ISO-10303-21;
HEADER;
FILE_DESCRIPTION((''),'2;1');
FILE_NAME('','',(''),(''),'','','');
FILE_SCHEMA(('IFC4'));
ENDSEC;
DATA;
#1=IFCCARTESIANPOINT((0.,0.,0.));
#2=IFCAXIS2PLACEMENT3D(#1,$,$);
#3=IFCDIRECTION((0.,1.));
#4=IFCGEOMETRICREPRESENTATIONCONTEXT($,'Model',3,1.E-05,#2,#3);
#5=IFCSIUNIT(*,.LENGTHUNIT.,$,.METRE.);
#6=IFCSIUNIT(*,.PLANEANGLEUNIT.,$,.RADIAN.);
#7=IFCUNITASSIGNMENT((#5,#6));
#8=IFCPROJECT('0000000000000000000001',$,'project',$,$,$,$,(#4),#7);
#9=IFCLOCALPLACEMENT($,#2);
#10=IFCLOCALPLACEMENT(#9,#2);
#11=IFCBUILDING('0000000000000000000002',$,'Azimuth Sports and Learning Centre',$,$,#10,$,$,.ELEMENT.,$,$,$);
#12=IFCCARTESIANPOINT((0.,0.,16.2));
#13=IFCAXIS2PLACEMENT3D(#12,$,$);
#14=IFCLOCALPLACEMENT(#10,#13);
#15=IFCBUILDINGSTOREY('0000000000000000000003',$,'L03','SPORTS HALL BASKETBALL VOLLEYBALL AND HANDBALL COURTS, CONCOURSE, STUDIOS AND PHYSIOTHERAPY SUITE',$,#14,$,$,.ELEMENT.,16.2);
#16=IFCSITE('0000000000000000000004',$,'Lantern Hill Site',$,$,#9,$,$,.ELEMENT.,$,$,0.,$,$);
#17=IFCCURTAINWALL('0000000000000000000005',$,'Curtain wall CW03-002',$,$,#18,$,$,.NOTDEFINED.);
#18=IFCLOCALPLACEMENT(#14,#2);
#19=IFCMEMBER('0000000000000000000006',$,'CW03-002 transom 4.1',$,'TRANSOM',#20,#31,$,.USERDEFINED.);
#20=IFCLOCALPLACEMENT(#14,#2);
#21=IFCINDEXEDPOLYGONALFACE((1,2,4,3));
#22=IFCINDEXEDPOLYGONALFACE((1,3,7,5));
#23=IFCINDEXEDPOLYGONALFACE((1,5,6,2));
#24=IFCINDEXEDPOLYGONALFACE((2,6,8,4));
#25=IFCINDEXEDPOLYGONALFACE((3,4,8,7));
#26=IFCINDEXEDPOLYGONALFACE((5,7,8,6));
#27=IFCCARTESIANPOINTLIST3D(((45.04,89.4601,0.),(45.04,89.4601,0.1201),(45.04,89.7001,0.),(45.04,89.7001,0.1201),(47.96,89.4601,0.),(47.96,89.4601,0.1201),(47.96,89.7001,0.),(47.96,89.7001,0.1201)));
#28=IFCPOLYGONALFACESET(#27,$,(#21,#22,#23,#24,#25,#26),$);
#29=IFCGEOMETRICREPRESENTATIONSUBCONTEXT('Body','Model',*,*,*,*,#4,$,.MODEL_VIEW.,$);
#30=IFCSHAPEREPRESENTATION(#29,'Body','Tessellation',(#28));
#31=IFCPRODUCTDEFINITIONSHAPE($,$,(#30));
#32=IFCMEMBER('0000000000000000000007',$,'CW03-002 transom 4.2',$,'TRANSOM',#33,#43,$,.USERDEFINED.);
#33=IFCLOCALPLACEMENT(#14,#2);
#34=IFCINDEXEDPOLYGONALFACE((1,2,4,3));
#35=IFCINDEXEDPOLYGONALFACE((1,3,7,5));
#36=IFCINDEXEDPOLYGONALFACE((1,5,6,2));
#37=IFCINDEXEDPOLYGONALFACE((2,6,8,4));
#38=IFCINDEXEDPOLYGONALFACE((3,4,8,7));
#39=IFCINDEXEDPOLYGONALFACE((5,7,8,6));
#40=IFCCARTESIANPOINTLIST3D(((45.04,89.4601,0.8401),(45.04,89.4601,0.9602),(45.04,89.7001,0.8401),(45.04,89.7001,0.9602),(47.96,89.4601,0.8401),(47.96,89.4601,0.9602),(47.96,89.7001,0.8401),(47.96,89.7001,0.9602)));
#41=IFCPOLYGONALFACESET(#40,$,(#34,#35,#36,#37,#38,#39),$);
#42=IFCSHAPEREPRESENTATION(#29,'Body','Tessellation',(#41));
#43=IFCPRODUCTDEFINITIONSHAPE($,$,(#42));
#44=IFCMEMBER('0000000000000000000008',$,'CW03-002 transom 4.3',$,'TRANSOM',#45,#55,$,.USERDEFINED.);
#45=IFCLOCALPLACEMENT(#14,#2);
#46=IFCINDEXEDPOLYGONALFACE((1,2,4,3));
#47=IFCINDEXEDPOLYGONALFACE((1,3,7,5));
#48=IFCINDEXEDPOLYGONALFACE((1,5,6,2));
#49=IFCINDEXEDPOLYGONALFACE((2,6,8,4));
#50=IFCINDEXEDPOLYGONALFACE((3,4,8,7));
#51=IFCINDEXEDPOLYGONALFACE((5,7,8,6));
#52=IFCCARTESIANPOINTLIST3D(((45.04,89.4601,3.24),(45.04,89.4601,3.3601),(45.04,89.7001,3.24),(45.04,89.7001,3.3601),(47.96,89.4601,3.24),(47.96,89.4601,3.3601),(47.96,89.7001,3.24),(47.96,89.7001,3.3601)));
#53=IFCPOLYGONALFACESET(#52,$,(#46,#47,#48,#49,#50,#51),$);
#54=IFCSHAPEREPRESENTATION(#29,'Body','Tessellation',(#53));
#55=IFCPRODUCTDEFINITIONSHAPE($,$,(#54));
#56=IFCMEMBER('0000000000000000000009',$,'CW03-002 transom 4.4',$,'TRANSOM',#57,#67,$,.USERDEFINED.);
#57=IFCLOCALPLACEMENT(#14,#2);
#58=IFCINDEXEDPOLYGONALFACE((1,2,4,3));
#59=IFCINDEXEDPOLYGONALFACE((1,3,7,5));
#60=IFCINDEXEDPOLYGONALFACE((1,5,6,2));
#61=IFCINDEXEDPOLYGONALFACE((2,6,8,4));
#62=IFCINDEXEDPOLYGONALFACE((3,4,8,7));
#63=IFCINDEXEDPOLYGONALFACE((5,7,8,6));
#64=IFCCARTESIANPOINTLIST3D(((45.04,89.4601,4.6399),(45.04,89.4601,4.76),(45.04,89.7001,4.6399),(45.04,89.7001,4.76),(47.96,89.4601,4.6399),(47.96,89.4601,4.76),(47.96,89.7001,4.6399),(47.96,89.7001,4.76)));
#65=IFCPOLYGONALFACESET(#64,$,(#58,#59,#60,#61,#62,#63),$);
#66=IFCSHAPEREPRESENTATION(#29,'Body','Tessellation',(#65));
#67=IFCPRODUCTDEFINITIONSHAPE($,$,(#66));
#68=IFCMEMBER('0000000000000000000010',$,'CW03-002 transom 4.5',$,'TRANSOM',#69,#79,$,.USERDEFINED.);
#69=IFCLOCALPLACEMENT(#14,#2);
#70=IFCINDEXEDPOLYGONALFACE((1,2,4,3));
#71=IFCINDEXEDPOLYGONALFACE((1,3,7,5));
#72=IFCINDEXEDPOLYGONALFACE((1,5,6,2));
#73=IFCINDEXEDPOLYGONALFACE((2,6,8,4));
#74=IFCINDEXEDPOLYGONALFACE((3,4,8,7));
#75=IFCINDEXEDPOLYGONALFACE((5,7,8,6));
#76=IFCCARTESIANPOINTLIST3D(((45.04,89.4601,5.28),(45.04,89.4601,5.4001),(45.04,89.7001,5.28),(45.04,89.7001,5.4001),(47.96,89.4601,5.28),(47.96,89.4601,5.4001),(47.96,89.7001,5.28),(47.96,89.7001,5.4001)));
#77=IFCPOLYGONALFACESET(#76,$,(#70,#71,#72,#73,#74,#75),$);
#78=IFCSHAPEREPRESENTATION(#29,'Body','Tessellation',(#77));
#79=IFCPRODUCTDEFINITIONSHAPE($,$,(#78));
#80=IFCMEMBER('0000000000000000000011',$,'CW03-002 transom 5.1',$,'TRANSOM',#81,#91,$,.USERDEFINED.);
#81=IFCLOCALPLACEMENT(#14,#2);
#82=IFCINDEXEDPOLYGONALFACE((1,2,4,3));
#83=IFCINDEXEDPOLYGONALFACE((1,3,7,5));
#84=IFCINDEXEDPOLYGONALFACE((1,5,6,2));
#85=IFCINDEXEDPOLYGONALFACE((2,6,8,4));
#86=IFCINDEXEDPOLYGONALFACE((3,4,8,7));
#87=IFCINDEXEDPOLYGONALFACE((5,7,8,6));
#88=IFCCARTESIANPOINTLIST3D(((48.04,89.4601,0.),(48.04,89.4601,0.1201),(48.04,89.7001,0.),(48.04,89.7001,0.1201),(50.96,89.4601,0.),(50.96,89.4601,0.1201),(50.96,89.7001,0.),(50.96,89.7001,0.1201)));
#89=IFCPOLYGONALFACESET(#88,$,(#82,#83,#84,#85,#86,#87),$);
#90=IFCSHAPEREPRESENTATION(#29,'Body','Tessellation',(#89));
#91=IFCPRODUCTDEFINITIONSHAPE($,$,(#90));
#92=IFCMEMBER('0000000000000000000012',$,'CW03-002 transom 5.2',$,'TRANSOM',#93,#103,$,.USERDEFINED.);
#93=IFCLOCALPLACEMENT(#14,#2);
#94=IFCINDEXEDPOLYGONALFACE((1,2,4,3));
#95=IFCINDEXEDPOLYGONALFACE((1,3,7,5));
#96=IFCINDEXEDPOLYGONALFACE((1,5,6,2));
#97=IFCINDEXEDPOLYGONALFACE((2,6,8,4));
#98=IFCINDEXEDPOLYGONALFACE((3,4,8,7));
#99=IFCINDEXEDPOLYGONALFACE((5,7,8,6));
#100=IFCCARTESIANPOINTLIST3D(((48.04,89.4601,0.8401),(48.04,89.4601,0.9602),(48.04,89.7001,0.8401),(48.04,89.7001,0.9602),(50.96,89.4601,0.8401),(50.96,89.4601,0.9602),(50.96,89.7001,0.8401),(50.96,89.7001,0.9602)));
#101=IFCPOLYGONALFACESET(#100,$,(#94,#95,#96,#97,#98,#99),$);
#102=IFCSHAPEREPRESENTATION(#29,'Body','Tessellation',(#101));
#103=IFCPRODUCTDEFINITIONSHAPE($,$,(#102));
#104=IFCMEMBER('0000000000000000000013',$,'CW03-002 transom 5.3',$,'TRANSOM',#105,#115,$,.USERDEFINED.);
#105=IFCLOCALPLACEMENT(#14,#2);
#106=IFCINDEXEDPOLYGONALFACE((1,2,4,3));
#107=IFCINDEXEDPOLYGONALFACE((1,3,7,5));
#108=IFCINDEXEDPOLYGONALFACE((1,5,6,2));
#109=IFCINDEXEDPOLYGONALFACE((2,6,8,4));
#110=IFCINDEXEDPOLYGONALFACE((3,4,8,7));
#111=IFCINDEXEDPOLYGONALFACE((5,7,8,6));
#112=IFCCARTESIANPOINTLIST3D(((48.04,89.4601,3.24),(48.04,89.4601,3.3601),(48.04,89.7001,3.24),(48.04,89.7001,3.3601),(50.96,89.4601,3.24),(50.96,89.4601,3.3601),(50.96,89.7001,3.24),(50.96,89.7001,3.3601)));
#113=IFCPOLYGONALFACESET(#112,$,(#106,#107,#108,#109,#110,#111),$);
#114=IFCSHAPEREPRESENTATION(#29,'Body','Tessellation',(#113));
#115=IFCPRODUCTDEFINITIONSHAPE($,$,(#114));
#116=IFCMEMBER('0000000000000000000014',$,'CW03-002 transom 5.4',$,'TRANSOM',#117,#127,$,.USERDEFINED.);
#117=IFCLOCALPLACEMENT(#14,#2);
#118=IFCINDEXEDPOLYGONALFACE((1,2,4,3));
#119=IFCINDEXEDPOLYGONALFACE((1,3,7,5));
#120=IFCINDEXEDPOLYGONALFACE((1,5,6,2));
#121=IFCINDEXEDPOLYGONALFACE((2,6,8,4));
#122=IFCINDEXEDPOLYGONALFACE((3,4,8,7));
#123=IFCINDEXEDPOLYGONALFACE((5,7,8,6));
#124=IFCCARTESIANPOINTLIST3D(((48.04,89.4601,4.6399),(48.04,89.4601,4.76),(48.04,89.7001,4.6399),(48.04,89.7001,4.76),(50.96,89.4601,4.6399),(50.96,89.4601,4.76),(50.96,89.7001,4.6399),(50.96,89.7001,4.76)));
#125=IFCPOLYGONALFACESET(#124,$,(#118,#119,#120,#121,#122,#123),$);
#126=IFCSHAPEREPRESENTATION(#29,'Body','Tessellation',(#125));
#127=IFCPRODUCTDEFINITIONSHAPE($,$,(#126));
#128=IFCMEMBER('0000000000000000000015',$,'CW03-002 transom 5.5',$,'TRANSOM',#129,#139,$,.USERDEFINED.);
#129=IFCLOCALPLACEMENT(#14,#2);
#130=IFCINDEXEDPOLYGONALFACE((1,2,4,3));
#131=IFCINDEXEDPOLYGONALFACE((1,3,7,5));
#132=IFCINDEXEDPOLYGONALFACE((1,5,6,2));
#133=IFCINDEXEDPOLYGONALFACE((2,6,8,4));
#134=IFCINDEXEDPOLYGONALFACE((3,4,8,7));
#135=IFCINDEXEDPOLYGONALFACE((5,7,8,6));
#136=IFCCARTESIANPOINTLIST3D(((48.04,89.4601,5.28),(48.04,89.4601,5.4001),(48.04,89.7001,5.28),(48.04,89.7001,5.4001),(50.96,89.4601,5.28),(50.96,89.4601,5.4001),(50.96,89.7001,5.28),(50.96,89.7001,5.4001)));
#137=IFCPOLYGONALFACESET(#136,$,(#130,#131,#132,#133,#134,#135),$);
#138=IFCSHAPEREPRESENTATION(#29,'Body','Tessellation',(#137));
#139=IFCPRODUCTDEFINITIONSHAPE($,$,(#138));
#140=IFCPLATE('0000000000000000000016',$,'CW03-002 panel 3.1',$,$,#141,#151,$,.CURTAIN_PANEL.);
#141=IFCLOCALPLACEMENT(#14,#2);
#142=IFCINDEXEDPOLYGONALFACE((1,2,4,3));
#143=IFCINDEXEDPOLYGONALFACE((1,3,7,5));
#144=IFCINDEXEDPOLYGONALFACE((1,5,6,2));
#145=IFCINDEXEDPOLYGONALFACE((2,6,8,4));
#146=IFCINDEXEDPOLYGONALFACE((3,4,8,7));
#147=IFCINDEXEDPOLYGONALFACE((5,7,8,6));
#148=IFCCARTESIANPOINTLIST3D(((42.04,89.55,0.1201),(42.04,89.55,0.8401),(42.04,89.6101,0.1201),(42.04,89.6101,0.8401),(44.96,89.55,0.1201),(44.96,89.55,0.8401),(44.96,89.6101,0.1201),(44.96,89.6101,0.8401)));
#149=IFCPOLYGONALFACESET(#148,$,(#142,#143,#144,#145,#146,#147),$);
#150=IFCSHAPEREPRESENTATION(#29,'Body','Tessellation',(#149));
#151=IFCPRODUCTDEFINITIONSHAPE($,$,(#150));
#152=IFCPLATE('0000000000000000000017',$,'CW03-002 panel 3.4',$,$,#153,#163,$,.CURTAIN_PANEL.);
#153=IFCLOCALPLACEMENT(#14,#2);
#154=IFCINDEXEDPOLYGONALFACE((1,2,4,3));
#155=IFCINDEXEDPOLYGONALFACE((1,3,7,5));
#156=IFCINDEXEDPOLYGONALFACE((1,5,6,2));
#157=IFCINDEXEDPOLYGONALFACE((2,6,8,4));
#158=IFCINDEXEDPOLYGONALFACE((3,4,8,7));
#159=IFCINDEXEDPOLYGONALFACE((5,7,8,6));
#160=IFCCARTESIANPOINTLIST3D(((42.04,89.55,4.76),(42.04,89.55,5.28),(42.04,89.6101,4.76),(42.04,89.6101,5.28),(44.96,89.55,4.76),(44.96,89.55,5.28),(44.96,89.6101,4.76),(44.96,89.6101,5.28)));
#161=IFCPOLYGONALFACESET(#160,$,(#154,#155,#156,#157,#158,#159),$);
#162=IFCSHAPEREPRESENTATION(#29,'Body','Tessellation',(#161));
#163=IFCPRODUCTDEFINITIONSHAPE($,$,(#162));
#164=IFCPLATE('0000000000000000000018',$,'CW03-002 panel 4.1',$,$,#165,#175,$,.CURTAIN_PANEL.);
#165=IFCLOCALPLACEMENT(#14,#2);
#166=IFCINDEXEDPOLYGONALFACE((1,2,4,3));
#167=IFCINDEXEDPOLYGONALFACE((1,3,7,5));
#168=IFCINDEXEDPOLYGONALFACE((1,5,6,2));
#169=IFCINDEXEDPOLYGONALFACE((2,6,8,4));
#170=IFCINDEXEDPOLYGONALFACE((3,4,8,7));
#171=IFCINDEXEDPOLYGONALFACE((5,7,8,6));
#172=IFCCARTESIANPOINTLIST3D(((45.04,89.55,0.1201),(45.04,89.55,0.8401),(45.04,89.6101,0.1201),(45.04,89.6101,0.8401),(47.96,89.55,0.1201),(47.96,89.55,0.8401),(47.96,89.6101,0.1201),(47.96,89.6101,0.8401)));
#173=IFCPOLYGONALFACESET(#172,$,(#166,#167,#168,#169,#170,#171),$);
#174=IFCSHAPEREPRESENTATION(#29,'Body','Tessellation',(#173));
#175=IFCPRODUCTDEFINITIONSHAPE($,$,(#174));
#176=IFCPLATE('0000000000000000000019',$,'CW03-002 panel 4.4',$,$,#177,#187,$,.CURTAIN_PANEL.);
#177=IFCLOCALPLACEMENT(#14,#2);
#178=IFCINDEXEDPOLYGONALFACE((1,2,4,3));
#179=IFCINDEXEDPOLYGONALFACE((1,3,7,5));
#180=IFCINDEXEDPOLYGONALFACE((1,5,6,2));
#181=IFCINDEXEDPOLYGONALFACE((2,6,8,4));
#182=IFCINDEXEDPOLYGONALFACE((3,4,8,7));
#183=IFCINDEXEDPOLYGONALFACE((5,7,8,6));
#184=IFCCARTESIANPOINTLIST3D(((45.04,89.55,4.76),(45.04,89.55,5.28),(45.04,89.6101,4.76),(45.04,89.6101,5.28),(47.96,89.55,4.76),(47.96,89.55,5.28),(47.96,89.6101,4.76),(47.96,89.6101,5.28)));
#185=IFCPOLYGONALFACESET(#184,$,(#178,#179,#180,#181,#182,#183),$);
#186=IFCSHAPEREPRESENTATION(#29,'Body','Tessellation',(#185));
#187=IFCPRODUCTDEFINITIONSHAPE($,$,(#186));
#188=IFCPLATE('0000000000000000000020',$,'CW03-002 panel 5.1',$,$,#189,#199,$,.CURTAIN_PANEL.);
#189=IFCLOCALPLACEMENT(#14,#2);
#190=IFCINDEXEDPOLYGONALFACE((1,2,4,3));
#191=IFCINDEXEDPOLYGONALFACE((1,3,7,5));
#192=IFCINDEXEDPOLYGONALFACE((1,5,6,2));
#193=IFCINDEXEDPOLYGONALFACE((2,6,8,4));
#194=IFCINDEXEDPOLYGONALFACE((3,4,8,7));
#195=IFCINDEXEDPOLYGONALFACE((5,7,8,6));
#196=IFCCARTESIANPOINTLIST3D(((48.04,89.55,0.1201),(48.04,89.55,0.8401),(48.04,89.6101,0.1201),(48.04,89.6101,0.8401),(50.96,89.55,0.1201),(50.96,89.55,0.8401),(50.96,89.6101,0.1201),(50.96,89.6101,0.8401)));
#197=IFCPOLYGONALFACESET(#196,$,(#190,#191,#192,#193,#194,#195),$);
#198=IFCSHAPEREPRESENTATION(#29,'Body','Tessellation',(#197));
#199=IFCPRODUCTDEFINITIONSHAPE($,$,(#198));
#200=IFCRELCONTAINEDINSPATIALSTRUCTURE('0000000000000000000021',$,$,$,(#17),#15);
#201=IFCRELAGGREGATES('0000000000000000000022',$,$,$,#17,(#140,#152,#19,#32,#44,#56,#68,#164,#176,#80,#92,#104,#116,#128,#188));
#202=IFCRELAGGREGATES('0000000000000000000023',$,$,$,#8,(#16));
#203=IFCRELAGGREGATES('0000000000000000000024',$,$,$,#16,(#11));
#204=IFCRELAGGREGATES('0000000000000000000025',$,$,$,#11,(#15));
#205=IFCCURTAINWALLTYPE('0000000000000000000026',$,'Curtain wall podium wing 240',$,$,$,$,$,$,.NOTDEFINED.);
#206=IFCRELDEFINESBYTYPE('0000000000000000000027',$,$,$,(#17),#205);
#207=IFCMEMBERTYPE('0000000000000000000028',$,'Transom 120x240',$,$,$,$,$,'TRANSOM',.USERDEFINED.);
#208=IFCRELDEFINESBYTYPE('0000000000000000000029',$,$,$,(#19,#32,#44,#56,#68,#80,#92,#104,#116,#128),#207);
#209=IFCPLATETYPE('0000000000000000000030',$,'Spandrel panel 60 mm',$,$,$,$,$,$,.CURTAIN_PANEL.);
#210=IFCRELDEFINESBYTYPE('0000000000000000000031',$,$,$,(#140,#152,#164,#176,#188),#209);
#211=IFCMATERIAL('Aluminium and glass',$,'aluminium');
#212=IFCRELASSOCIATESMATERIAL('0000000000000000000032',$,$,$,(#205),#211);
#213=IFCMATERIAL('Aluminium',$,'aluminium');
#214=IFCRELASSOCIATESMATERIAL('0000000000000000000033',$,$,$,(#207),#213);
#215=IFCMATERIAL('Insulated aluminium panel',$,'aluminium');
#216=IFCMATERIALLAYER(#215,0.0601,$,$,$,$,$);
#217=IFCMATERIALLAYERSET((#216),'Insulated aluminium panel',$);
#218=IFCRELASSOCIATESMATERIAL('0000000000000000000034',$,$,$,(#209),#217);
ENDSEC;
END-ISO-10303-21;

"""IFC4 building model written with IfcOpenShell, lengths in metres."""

from ifc_helpers import new_model, si_unit, direction, frame, origin, origin_2d, place, context, subcontext, project, spatial, rectangle, extrude, material, layer, layer_set, material_profile, profile_set, type_object, element, aggregate, save


model = new_model("IFC4")

# Units and contexts
model_context = context("Model", 3, precision=1e-05, world=origin(), true_north=direction((0.0, 1.0)))
body_context = subcontext(model_context, "Body", "Model", "MODEL_VIEW")
ifc_project = project(units=[si_unit("LENGTHUNIT", "METRE"), si_unit("PLANEANGLEUNIT", "RADIAN")], contexts=[model_context])

# Site, building, storey
site_placement = place(None, origin())
site = spatial("IfcSite", under=ifc_project, at=site_placement, Name="Lantern Hill Site", CompositionType="ELEMENT", RefElevation=0.0)
building_placement = place(site_placement, origin())
building = spatial("IfcBuilding", under=site, at=building_placement, Name="Azimuth Sports and Learning Centre", CompositionType="ELEMENT")
storey_placement = place(building_placement, frame((0.0, 0.0, 16.2)))
storey = spatial("IfcBuildingStorey", under=building, at=storey_placement, Name="L03", Description="SPORTS HALL BASKETBALL VOLLEYBALL AND HANDBALL COURTS, CONCOURSE, STUDIOS AND PHYSIOTHERAPY SUITE", CompositionType="ELEMENT", Elevation=16.2)

# Curtain wall, members, plates
ifc_material_1 = material(Name="Aluminium and glass", Category="aluminium")
curtain_wall_type = type_object("IfcCurtainWallType", Name="Curtain wall podium wing 240", PredefinedType="NOTDEFINED", material=ifc_material_1)
curtain_wall_placement = place(storey_placement, origin())
curtain_wall = element("IfcCurtainWall", 1, at=curtain_wall_placement, inside=storey, type_object=curtain_wall_type, Name="Curtain wall CW03-002", PredefinedType="NOTDEFINED")
ifc_material_2 = material(Name="Aluminium", Category="aluminium")
ifc_material_profile_1 = material_profile(ifc_material_2, rectangle(XDim=0.24, YDim=0.1201, at=origin_2d()), Name="Transom 120x240")
ifc_profile_set_1 = profile_set([ifc_material_profile_1], Name="Aluminium")
member_type_1 = type_object("IfcMemberType", Name="Transom 120x240", ElementType="TRANSOM", PredefinedType="USERDEFINED", material=ifc_profile_set_1)
member_1_placement = place(storey_placement, frame((45.04, 89.5801, 0.0601), z_axis=(1.0, 0.0, 0.0), x_axis=(0.0, 1.0, 0.0)))
member_1 = element("IfcMember", 2, at=member_1_placement, type_object=member_type_1, Name="CW03-002 transom 4.1", ObjectType="TRANSOM", PredefinedType="USERDEFINED", context=body_context, shape_type="SweptSolid", body=[
    extrude(rectangle(XDim=0.24, YDim=0.1201, at=origin_2d()), origin(), (0.0, 0.0, 1.0), 2.9199),
])
member_2_placement = place(storey_placement, frame((45.04, 89.5801, 0.9001), z_axis=(1.0, 0.0, 0.0), x_axis=(0.0, 1.0, 0.0)))
member_2 = element("IfcMember", 3, at=member_2_placement, type_object=member_type_1, Name="CW03-002 transom 4.2", ObjectType="TRANSOM", PredefinedType="USERDEFINED", context=body_context, shape_type="SweptSolid", body=[
    extrude(rectangle(XDim=0.24, YDim=0.1201, at=origin_2d()), origin(), (0.0, 0.0, 1.0), 2.9199),
])
member_3_placement = place(storey_placement, frame((45.04, 89.5801, 3.3), z_axis=(1.0, 0.0, 0.0), x_axis=(0.0, 1.0, 0.0)))
member_3 = element("IfcMember", 4, at=member_3_placement, type_object=member_type_1, Name="CW03-002 transom 4.3", ObjectType="TRANSOM", PredefinedType="USERDEFINED", context=body_context, shape_type="SweptSolid", body=[
    extrude(rectangle(XDim=0.24, YDim=0.1201, at=origin_2d()), origin(), (0.0, 0.0, 1.0), 2.9199),
])
member_4_placement = place(storey_placement, frame((45.04, 89.5801, 4.7), z_axis=(1.0, 0.0, 0.0), x_axis=(0.0, 1.0, 0.0)))
member_4 = element("IfcMember", 5, at=member_4_placement, type_object=member_type_1, Name="CW03-002 transom 4.4", ObjectType="TRANSOM", PredefinedType="USERDEFINED", context=body_context, shape_type="SweptSolid", body=[
    extrude(rectangle(XDim=0.24, YDim=0.1201, at=origin_2d()), origin(), (0.0, 0.0, 1.0), 2.9199),
])
member_5_placement = place(storey_placement, frame((45.04, 89.5801, 5.3401), z_axis=(1.0, 0.0, 0.0), x_axis=(0.0, 1.0, 0.0)))
member_5 = element("IfcMember", 6, at=member_5_placement, type_object=member_type_1, Name="CW03-002 transom 4.5", ObjectType="TRANSOM", PredefinedType="USERDEFINED", context=body_context, shape_type="SweptSolid", body=[
    extrude(rectangle(XDim=0.24, YDim=0.1201, at=origin_2d()), origin(), (0.0, 0.0, 1.0), 2.9199),
])
member_6_placement = place(storey_placement, frame((48.04, 89.5801, 0.0601), z_axis=(1.0, 0.0, 0.0), x_axis=(0.0, 1.0, 0.0)))
member_6 = element("IfcMember", 7, at=member_6_placement, type_object=member_type_1, Name="CW03-002 transom 5.1", ObjectType="TRANSOM", PredefinedType="USERDEFINED", context=body_context, shape_type="SweptSolid", body=[
    extrude(rectangle(XDim=0.24, YDim=0.1201, at=origin_2d()), origin(), (0.0, 0.0, 1.0), 2.9199),
])
member_7_placement = place(storey_placement, frame((48.04, 89.5801, 0.9001), z_axis=(1.0, 0.0, 0.0), x_axis=(0.0, 1.0, 0.0)))
member_7 = element("IfcMember", 8, at=member_7_placement, type_object=member_type_1, Name="CW03-002 transom 5.2", ObjectType="TRANSOM", PredefinedType="USERDEFINED", context=body_context, shape_type="SweptSolid", body=[
    extrude(rectangle(XDim=0.24, YDim=0.1201, at=origin_2d()), origin(), (0.0, 0.0, 1.0), 2.9199),
])
member_8_placement = place(storey_placement, frame((48.04, 89.5801, 3.3), z_axis=(1.0, 0.0, 0.0), x_axis=(0.0, 1.0, 0.0)))
member_8 = element("IfcMember", 9, at=member_8_placement, type_object=member_type_1, Name="CW03-002 transom 5.3", ObjectType="TRANSOM", PredefinedType="USERDEFINED", context=body_context, shape_type="SweptSolid", body=[
    extrude(rectangle(XDim=0.24, YDim=0.1201, at=origin_2d()), origin(), (0.0, 0.0, 1.0), 2.9199),
])
member_9_placement = place(storey_placement, frame((48.04, 89.5801, 4.7), z_axis=(1.0, 0.0, 0.0), x_axis=(0.0, 1.0, 0.0)))
member_9 = element("IfcMember", 10, at=member_9_placement, type_object=member_type_1, Name="CW03-002 transom 5.4", ObjectType="TRANSOM", PredefinedType="USERDEFINED", context=body_context, shape_type="SweptSolid", body=[
    extrude(rectangle(XDim=0.24, YDim=0.1201, at=origin_2d()), origin(), (0.0, 0.0, 1.0), 2.9199),
])
member_10_placement = place(storey_placement, frame((48.04, 89.5801, 5.3401), z_axis=(1.0, 0.0, 0.0), x_axis=(0.0, 1.0, 0.0)))
member_10 = element("IfcMember", 11, at=member_10_placement, type_object=member_type_1, Name="CW03-002 transom 5.5", ObjectType="TRANSOM", PredefinedType="USERDEFINED", context=body_context, shape_type="SweptSolid", body=[
    extrude(rectangle(XDim=0.24, YDim=0.1201, at=origin_2d()), origin(), (0.0, 0.0, 1.0), 2.9199),
])
ifc_material_3 = material(Name="Insulated aluminium panel", Category="aluminium")
ifc_layer_1 = layer(ifc_material_3, 0.0601)
ifc_layer_set_1 = layer_set([ifc_layer_1], Name="Insulated aluminium panel")
plate_type_1 = type_object("IfcPlateType", Name="Spandrel panel 60 mm", PredefinedType="CURTAIN_PANEL", material=ifc_layer_set_1)
plate_1_placement = place(storey_placement, frame((43.5, 89.5801, 0.1201), z_axis=(0.0, 0.0, 1.0), x_axis=(1.0, 0.0, 0.0)))
plate_1 = element("IfcPlate", 12, at=plate_1_placement, type_object=plate_type_1, Name="CW03-002 panel 3.1", PredefinedType="CURTAIN_PANEL", context=body_context, shape_type="SweptSolid", body=[
    extrude(rectangle(XDim=2.9199, YDim=0.0601, at=origin_2d()), origin(), (0.0, 0.0, 1.0), 0.72),
])
plate_2_placement = place(storey_placement, frame((43.5, 89.5801, 4.76), z_axis=(0.0, 0.0, 1.0), x_axis=(1.0, 0.0, 0.0)))
plate_2 = element("IfcPlate", 13, at=plate_2_placement, type_object=plate_type_1, Name="CW03-002 panel 3.4", PredefinedType="CURTAIN_PANEL", context=body_context, shape_type="SweptSolid", body=[
    extrude(rectangle(XDim=2.9199, YDim=0.0601, at=origin_2d()), origin(), (0.0, 0.0, 1.0), 0.52),
])
plate_3_placement = place(storey_placement, frame((46.5, 89.5801, 0.1201), z_axis=(0.0, 0.0, 1.0), x_axis=(1.0, 0.0, 0.0)))
plate_3 = element("IfcPlate", 14, at=plate_3_placement, type_object=plate_type_1, Name="CW03-002 panel 4.1", PredefinedType="CURTAIN_PANEL", context=body_context, shape_type="SweptSolid", body=[
    extrude(rectangle(XDim=2.9199, YDim=0.0601, at=origin_2d()), origin(), (0.0, 0.0, 1.0), 0.72),
])
plate_4_placement = place(storey_placement, frame((46.5, 89.5801, 4.76), z_axis=(0.0, 0.0, 1.0), x_axis=(1.0, 0.0, 0.0)))
plate_4 = element("IfcPlate", 15, at=plate_4_placement, type_object=plate_type_1, Name="CW03-002 panel 4.4", PredefinedType="CURTAIN_PANEL", context=body_context, shape_type="SweptSolid", body=[
    extrude(rectangle(XDim=2.9199, YDim=0.0601, at=origin_2d()), origin(), (0.0, 0.0, 1.0), 0.52),
])
plate_5_placement = place(storey_placement, frame((49.5, 89.5801, 0.1201), z_axis=(0.0, 0.0, 1.0), x_axis=(1.0, 0.0, 0.0)))
plate_5 = element("IfcPlate", 16, at=plate_5_placement, type_object=plate_type_1, Name="CW03-002 panel 5.1", PredefinedType="CURTAIN_PANEL", context=body_context, shape_type="SweptSolid", body=[
    extrude(rectangle(XDim=2.9199, YDim=0.0601, at=origin_2d()), origin(), (0.0, 0.0, 1.0), 0.72),
])
aggregate(curtain_wall, [plate_1, plate_2, member_1, member_2, member_3, member_4, member_5, plate_3, plate_4, member_6, member_7, member_8, member_9, member_10, plate_5])

save(model, "model.ifc")
